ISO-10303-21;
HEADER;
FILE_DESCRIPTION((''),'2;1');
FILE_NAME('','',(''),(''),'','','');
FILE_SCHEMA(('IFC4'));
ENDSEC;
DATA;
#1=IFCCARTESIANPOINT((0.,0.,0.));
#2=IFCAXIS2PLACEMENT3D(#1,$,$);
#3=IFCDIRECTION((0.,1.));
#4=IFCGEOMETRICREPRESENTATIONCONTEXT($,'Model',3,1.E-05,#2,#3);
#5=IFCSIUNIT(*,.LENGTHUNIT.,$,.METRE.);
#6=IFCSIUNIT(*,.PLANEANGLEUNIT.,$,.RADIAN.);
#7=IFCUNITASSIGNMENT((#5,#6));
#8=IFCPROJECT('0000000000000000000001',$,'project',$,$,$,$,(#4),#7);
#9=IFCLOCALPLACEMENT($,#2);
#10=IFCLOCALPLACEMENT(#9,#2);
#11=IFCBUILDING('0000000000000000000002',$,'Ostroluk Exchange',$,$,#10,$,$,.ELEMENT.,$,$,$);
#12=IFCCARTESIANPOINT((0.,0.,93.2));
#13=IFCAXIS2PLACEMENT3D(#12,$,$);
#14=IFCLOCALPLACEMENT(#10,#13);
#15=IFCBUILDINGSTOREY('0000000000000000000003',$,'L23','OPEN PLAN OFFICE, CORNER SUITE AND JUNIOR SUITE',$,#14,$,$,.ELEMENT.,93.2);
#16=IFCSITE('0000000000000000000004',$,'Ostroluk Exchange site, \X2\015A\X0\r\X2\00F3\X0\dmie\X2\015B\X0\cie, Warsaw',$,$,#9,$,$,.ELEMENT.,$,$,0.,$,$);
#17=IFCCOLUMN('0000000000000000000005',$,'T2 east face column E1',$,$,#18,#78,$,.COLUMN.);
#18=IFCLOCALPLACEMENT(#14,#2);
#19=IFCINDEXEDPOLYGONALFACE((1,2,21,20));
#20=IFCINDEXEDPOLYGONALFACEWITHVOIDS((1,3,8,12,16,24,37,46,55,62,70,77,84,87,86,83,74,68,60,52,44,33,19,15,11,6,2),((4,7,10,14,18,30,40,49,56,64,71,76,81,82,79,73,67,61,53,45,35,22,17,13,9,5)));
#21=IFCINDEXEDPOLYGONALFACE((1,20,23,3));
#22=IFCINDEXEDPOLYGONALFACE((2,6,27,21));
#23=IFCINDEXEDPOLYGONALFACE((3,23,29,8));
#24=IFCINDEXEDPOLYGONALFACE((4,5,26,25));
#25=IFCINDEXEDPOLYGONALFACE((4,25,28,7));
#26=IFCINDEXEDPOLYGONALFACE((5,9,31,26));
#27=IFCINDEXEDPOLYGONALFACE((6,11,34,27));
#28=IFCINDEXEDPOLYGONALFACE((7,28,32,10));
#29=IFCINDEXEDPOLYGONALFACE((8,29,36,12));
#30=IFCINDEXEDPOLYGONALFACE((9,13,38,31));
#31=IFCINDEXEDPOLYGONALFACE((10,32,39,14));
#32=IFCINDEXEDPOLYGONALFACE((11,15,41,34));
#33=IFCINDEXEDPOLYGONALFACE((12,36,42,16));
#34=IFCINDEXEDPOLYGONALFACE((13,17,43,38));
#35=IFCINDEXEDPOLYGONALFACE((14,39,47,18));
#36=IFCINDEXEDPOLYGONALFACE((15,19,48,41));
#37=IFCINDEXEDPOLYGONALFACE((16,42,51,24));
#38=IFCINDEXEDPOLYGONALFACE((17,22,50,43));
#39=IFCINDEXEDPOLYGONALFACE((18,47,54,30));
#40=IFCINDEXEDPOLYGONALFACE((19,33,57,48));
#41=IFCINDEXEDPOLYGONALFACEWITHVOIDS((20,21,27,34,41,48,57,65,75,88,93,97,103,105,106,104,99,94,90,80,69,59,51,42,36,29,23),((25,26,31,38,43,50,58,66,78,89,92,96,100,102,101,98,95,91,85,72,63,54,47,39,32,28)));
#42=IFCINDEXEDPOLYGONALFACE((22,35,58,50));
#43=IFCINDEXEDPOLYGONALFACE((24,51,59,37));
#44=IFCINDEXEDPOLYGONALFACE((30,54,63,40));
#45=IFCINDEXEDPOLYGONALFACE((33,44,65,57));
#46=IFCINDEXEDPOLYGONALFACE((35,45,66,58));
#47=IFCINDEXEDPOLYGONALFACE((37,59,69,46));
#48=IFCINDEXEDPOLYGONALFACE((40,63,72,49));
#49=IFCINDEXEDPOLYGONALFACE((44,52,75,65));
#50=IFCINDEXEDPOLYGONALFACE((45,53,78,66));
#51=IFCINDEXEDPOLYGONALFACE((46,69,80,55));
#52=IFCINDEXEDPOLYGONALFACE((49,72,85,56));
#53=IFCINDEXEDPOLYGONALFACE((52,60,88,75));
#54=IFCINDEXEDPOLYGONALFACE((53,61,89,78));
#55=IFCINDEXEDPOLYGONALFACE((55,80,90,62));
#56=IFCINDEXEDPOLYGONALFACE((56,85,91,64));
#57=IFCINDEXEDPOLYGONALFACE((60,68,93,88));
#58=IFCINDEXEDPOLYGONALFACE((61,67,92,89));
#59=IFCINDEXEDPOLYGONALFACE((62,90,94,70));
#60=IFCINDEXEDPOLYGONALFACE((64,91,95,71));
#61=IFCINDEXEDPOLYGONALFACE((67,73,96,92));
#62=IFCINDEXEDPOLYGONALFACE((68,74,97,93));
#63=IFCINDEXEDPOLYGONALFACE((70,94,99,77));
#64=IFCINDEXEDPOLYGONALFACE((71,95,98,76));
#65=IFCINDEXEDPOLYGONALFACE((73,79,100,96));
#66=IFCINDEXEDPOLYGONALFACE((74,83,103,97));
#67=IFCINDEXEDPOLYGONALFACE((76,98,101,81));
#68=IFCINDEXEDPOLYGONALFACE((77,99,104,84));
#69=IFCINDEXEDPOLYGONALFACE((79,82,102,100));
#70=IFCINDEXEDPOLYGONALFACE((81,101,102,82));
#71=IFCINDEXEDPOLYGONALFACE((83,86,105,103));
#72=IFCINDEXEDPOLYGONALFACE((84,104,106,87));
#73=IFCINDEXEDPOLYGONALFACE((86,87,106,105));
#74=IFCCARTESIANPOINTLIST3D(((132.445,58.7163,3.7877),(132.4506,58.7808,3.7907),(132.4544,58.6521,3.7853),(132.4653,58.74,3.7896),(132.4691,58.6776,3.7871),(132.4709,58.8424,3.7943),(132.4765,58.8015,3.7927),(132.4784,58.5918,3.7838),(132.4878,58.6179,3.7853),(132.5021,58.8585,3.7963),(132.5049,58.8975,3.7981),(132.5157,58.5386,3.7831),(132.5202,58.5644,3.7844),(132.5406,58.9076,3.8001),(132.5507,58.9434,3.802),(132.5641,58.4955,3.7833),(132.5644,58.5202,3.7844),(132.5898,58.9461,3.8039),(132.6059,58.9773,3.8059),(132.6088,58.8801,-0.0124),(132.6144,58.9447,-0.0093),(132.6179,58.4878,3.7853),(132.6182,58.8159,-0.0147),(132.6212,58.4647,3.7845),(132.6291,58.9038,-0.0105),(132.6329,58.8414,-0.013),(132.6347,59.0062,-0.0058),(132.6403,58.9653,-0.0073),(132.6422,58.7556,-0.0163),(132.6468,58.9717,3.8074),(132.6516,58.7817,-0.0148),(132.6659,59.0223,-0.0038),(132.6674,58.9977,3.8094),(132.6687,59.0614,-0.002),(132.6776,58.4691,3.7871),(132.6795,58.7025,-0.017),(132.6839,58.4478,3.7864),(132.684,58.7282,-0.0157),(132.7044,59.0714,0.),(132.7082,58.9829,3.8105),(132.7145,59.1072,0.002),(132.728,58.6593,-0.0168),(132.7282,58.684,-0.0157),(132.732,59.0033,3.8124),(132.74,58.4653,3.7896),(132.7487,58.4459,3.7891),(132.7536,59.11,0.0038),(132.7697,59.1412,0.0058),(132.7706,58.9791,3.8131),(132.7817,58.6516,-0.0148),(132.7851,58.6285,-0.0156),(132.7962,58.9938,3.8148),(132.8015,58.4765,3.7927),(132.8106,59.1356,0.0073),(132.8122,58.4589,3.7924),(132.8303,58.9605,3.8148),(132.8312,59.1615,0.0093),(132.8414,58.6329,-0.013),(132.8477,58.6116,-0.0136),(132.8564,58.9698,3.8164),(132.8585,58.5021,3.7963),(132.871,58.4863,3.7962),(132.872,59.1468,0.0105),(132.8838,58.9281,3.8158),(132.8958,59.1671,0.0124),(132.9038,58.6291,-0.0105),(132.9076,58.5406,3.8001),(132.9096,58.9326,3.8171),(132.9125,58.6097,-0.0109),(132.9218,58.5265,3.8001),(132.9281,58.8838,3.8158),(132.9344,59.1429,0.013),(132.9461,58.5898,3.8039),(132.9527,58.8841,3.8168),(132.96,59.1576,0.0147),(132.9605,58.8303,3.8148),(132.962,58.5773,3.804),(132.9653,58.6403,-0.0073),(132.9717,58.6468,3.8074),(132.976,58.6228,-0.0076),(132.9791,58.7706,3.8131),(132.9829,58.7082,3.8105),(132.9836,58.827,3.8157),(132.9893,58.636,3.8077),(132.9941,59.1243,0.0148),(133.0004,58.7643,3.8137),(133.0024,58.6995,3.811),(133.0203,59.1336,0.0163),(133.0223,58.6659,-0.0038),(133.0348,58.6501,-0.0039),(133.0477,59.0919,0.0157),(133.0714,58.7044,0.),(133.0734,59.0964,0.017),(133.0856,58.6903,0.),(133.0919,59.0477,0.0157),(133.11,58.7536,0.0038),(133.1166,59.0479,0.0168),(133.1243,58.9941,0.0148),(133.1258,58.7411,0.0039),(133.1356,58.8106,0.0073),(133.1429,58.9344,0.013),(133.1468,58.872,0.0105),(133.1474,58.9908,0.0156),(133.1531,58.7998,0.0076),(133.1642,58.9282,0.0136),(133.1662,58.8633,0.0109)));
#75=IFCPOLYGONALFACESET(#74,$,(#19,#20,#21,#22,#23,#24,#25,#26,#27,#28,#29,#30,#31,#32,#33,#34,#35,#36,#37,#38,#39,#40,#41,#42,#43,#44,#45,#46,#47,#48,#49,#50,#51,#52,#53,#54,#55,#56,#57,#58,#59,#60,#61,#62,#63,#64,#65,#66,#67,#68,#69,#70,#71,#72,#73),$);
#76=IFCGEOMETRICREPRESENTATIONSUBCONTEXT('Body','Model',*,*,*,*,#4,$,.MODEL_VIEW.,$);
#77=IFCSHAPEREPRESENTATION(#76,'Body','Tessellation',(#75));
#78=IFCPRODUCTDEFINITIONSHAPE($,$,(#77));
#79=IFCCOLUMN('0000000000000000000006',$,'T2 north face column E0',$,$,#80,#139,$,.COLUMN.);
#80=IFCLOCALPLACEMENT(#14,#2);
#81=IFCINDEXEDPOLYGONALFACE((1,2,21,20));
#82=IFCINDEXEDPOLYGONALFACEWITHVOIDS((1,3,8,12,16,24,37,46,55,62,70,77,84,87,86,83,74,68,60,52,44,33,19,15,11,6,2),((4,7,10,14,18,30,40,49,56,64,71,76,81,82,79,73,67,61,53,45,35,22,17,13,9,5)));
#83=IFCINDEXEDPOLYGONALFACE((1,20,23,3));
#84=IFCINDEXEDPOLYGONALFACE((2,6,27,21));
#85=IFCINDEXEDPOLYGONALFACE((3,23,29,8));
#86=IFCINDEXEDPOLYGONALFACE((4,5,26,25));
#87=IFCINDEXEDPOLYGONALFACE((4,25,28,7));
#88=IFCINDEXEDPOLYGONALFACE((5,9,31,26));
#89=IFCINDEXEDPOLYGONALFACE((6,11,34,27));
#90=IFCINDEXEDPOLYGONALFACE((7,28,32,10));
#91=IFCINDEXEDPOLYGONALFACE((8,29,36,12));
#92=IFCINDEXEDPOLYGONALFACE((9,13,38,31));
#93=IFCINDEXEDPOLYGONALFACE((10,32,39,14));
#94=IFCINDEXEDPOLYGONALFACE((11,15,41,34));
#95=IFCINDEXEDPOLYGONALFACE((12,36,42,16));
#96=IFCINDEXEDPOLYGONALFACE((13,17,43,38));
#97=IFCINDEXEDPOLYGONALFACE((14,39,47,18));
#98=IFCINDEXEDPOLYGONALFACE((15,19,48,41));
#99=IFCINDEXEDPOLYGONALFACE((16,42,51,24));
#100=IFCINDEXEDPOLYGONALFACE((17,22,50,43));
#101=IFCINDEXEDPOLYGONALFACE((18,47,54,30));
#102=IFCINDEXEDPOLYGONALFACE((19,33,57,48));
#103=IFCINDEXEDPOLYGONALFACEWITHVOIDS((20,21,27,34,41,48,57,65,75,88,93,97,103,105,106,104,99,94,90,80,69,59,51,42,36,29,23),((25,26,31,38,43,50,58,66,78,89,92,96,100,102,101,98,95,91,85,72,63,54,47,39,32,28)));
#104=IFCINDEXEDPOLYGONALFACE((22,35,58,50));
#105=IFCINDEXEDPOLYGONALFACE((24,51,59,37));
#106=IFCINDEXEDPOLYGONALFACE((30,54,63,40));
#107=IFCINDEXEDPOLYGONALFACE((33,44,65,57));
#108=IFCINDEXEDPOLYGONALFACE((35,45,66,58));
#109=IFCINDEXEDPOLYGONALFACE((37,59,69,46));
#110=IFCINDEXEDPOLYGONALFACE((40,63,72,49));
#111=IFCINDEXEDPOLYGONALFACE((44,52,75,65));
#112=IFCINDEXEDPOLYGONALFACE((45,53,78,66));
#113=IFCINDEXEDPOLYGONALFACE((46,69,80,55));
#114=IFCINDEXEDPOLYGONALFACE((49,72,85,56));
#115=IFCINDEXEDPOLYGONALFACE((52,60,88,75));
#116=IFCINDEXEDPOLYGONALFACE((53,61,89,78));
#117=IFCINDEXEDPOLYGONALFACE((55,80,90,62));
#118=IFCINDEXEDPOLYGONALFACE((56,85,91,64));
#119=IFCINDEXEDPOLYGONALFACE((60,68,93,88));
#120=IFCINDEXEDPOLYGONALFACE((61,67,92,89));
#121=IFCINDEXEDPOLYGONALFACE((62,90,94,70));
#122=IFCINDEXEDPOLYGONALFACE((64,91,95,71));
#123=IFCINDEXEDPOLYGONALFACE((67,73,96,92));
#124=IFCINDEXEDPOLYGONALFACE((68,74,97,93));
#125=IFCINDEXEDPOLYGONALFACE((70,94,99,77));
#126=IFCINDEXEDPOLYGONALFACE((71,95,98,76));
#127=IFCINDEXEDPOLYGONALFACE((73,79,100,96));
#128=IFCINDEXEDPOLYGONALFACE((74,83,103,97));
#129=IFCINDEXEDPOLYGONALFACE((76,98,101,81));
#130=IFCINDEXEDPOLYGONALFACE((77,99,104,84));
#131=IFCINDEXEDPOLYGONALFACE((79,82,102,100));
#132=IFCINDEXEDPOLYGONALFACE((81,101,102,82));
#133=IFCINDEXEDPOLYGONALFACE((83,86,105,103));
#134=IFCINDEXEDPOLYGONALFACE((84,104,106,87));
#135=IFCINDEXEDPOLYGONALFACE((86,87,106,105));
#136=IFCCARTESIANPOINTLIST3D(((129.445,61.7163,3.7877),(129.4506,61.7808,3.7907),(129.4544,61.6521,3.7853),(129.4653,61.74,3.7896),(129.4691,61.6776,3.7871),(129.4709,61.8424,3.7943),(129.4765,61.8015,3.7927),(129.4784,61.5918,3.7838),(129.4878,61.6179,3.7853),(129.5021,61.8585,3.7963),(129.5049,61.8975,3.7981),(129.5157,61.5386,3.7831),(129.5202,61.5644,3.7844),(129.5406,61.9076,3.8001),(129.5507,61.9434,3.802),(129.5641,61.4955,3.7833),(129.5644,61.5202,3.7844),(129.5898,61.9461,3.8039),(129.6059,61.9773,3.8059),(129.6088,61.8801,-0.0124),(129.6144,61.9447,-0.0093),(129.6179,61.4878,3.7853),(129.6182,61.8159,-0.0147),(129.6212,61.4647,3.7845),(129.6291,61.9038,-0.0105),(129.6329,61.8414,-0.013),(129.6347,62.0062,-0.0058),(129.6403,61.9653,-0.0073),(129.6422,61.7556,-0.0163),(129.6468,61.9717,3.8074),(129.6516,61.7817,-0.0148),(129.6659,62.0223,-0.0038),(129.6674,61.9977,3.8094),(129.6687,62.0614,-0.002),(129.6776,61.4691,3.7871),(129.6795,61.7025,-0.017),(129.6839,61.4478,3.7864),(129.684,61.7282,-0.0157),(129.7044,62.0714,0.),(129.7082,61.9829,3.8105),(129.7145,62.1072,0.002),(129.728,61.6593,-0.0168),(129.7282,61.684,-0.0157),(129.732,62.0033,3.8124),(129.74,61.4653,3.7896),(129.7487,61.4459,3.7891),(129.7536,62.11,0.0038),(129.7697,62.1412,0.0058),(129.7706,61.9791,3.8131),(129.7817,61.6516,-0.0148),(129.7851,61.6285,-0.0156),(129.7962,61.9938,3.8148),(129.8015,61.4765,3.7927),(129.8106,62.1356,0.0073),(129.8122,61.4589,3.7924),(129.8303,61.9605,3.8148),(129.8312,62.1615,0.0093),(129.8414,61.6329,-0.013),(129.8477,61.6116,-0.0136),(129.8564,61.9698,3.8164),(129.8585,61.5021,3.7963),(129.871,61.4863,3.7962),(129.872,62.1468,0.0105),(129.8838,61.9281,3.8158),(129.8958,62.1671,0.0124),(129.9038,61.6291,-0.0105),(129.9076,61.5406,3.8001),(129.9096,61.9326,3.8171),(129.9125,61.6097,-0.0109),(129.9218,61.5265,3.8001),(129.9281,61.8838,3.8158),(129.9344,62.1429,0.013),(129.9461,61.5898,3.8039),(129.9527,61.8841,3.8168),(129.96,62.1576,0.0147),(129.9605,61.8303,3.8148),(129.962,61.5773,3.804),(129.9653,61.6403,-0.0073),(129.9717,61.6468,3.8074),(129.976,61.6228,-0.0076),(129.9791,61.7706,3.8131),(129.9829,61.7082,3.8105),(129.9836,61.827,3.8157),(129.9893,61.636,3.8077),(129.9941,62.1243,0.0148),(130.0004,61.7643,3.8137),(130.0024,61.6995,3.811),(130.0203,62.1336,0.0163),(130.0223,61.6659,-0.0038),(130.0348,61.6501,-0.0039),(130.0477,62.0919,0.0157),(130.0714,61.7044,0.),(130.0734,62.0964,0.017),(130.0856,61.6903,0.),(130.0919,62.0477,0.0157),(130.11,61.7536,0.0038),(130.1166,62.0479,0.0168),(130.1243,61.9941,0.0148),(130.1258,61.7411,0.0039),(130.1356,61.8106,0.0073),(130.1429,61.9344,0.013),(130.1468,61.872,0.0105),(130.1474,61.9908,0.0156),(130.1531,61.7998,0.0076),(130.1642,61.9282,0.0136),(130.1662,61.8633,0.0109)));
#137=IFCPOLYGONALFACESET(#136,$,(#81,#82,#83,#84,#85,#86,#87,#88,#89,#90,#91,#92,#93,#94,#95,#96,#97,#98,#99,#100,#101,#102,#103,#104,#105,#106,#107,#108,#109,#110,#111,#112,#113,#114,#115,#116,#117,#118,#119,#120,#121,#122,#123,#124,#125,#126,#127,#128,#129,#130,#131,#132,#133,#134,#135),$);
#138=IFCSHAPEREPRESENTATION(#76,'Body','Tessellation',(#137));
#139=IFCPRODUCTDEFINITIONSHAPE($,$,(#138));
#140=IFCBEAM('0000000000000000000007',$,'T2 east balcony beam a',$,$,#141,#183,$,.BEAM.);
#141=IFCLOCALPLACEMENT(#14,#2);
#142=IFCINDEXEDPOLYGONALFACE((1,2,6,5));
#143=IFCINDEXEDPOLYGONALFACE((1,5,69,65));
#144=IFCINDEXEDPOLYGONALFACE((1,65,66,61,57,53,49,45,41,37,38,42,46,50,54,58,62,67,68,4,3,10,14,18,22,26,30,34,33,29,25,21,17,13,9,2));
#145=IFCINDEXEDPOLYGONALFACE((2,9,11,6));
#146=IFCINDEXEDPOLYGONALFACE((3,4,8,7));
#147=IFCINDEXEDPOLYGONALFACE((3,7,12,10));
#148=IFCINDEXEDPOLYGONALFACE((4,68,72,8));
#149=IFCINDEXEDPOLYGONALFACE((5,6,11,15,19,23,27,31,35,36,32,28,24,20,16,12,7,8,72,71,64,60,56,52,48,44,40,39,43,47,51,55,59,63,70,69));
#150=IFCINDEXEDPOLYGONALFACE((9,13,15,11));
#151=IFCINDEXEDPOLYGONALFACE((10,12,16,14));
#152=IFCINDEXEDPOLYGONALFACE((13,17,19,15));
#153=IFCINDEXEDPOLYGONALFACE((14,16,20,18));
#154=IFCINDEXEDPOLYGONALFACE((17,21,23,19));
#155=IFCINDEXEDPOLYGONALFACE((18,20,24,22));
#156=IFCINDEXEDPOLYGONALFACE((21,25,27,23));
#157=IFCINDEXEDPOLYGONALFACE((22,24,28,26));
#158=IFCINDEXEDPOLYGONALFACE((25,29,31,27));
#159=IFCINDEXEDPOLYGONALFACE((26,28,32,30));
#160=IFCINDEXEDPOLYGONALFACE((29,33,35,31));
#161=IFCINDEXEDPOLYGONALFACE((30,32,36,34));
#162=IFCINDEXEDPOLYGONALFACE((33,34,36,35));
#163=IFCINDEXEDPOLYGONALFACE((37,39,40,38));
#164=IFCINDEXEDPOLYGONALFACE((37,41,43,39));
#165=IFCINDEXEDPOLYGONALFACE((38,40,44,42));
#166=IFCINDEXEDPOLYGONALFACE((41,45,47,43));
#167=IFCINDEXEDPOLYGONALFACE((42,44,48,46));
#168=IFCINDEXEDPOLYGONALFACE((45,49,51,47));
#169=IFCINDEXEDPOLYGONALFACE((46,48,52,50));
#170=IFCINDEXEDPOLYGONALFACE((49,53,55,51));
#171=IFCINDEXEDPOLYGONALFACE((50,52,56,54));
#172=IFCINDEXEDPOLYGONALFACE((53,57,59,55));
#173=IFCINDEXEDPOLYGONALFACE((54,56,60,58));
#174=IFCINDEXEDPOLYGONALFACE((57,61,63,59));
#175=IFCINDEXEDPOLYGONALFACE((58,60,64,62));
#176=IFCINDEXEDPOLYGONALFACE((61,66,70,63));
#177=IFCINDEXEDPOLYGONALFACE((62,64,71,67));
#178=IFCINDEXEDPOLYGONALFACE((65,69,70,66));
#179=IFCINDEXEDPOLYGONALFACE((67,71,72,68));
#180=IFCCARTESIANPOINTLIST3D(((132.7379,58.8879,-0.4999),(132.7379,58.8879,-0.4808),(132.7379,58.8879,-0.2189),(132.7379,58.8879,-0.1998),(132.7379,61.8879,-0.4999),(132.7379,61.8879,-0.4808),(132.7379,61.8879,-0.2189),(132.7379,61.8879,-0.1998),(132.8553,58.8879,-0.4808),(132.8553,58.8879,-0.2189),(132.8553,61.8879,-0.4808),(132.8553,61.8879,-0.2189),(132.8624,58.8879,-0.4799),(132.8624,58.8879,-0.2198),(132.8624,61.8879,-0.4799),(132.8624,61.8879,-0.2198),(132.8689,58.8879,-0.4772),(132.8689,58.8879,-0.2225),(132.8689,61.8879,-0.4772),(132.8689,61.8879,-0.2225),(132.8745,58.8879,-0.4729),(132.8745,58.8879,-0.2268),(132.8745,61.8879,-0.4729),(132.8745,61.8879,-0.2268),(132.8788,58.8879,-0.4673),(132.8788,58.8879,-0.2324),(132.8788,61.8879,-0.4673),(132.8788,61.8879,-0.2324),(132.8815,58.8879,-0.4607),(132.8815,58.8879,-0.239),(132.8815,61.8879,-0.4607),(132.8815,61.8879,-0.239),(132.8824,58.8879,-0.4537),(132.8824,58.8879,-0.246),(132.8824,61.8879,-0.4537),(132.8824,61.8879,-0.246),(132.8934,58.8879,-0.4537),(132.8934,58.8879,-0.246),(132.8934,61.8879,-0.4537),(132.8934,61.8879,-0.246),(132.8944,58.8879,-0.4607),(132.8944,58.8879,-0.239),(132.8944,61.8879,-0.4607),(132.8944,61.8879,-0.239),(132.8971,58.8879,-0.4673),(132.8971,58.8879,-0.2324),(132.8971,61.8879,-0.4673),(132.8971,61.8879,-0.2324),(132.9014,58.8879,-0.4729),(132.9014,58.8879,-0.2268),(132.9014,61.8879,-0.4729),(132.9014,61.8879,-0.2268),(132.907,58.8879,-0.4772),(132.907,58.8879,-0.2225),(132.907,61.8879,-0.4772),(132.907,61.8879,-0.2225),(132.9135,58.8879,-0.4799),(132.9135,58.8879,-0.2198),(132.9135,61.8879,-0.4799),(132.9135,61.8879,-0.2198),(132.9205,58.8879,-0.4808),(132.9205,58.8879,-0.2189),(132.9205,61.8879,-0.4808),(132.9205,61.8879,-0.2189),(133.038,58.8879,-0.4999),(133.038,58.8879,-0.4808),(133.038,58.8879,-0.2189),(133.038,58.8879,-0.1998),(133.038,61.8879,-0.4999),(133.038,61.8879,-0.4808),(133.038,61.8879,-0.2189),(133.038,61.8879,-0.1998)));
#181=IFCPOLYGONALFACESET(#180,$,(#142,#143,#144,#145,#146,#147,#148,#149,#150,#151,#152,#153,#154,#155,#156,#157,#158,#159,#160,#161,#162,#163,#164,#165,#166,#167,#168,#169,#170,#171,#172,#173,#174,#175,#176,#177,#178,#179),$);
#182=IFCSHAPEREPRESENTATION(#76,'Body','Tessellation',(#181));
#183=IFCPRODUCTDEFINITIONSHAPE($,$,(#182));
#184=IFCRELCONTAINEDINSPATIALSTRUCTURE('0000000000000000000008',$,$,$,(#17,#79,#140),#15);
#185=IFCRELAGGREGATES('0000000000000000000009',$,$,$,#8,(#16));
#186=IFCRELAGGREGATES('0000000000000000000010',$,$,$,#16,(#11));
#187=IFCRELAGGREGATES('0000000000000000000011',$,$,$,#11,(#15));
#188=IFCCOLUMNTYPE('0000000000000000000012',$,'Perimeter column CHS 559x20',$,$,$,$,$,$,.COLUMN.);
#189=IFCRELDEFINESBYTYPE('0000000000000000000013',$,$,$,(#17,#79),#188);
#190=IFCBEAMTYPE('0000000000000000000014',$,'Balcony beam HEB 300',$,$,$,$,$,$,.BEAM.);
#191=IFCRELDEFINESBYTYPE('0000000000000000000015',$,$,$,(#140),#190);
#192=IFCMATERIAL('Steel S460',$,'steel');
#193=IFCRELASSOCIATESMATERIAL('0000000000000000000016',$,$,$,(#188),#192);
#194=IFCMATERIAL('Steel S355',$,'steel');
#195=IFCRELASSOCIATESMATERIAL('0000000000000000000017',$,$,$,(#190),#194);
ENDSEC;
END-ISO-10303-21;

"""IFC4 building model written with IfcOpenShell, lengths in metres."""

from ifc_helpers import new_model, si_unit, direction, frame, origin, origin_2d, place, context, subcontext, project, spatial, hollow_circle, i_section, extrude, material, material_profile, profile_set, type_object, element, save


model = new_model("IFC4")

# Units and contexts
model_context = context("Model", 3, precision=1e-05, world=origin(), true_north=direction((0.0, 1.0)))
body_context = subcontext(model_context, "Body", "Model", "MODEL_VIEW")
ifc_project = project(units=[si_unit("LENGTHUNIT", "METRE"), si_unit("PLANEANGLEUNIT", "RADIAN")], contexts=[model_context])

# Site, building, storey
site_placement = place(None, origin())
site = spatial("IfcSite", under=ifc_project, at=site_placement, Name="Ostroluk Exchange site, Śródmieście, Warsaw", CompositionType="ELEMENT", RefElevation=0.0)
building_placement = place(site_placement, origin())
building = spatial("IfcBuilding", under=site, at=building_placement, Name="Ostroluk Exchange", CompositionType="ELEMENT")
storey_placement = place(building_placement, frame((0.0, 0.0, 93.2)))
storey = spatial("IfcBuildingStorey", under=building, at=storey_placement, Name="L23", Description="OPEN PLAN OFFICE, CORNER SUITE AND JUNIOR SUITE", CompositionType="ELEMENT", Elevation=93.2)

# Columns
ifc_material_1 = material(Name="Steel S460", Category="steel")
ifc_material_profile_1 = material_profile(ifc_material_1, hollow_circle(Radius=0.2795, WallThickness=0.02, at=origin_2d()), Name="CHS 559x20")
ifc_profile_set_1 = profile_set([ifc_material_profile_1], Name="Steel S460")
column_type = type_object("IfcColumnType", Name="Perimeter column CHS 559x20", PredefinedType="COLUMN", material=ifc_profile_set_1)
for number, where, z_axis, x_axis, name in (
    (1, (132.8879, 58.8879, 0.0), (-0.04303, -0.04303, 0.998147), (0.707107, -0.707107, 0.0), "T2 east face column E1"),
    (2, (129.8879, 61.8879, 0.0), (-0.04303, -0.04303, 0.998147), (0.707107, -0.707107, 0.0), "T2 north face column E0"),
):
    element("IfcColumn", number, at=place(storey_placement, frame(where, z_axis=z_axis, x_axis=x_axis)), inside=storey, type_object=column_type, Name=name, PredefinedType="COLUMN", context=body_context, shape_type="SweptSolid", body=[
        extrude(hollow_circle(Radius=0.2795, WallThickness=0.02, at=origin_2d()), origin(), (0.0, 0.0, 1.0), 3.8071),
    ])

# Beam
ifc_material_2 = material(Name="Steel S355", Category="steel")
ifc_material_profile_2 = material_profile(ifc_material_2, i_section(OverallWidth=0.3, OverallDepth=0.3, WebThickness=0.011, FlangeThickness=0.019, FilletRadius=0.0271, at=origin_2d()), Name="HEB 300")
ifc_profile_set_2 = profile_set([ifc_material_profile_2], Name="Steel S355")
beam_type_1 = type_object("IfcBeamType", Name="Balcony beam HEB 300", PredefinedType="BEAM", material=ifc_profile_set_2)
for number, where, z_axis, x_axis, name in (
    (3, (132.8879, 58.8879, -0.3499), (0.0, 1.0, 0.0), (-1.0, 0.0, 0.0), "T2 east balcony beam a"),
):
    element("IfcBeam", number, at=place(storey_placement, frame(where, z_axis=z_axis, x_axis=x_axis)), inside=storey, type_object=beam_type_1, Name=name, PredefinedType="BEAM", context=body_context, shape_type="SweptSolid", body=[
        extrude(i_section(OverallWidth=0.3, OverallDepth=0.3, WebThickness=0.011, FlangeThickness=0.019, FilletRadius=0.0271, at=origin_2d()), origin(), (0.0, 0.0, 1.0), 3.0),
    ])

save(model, "model.ifc")
